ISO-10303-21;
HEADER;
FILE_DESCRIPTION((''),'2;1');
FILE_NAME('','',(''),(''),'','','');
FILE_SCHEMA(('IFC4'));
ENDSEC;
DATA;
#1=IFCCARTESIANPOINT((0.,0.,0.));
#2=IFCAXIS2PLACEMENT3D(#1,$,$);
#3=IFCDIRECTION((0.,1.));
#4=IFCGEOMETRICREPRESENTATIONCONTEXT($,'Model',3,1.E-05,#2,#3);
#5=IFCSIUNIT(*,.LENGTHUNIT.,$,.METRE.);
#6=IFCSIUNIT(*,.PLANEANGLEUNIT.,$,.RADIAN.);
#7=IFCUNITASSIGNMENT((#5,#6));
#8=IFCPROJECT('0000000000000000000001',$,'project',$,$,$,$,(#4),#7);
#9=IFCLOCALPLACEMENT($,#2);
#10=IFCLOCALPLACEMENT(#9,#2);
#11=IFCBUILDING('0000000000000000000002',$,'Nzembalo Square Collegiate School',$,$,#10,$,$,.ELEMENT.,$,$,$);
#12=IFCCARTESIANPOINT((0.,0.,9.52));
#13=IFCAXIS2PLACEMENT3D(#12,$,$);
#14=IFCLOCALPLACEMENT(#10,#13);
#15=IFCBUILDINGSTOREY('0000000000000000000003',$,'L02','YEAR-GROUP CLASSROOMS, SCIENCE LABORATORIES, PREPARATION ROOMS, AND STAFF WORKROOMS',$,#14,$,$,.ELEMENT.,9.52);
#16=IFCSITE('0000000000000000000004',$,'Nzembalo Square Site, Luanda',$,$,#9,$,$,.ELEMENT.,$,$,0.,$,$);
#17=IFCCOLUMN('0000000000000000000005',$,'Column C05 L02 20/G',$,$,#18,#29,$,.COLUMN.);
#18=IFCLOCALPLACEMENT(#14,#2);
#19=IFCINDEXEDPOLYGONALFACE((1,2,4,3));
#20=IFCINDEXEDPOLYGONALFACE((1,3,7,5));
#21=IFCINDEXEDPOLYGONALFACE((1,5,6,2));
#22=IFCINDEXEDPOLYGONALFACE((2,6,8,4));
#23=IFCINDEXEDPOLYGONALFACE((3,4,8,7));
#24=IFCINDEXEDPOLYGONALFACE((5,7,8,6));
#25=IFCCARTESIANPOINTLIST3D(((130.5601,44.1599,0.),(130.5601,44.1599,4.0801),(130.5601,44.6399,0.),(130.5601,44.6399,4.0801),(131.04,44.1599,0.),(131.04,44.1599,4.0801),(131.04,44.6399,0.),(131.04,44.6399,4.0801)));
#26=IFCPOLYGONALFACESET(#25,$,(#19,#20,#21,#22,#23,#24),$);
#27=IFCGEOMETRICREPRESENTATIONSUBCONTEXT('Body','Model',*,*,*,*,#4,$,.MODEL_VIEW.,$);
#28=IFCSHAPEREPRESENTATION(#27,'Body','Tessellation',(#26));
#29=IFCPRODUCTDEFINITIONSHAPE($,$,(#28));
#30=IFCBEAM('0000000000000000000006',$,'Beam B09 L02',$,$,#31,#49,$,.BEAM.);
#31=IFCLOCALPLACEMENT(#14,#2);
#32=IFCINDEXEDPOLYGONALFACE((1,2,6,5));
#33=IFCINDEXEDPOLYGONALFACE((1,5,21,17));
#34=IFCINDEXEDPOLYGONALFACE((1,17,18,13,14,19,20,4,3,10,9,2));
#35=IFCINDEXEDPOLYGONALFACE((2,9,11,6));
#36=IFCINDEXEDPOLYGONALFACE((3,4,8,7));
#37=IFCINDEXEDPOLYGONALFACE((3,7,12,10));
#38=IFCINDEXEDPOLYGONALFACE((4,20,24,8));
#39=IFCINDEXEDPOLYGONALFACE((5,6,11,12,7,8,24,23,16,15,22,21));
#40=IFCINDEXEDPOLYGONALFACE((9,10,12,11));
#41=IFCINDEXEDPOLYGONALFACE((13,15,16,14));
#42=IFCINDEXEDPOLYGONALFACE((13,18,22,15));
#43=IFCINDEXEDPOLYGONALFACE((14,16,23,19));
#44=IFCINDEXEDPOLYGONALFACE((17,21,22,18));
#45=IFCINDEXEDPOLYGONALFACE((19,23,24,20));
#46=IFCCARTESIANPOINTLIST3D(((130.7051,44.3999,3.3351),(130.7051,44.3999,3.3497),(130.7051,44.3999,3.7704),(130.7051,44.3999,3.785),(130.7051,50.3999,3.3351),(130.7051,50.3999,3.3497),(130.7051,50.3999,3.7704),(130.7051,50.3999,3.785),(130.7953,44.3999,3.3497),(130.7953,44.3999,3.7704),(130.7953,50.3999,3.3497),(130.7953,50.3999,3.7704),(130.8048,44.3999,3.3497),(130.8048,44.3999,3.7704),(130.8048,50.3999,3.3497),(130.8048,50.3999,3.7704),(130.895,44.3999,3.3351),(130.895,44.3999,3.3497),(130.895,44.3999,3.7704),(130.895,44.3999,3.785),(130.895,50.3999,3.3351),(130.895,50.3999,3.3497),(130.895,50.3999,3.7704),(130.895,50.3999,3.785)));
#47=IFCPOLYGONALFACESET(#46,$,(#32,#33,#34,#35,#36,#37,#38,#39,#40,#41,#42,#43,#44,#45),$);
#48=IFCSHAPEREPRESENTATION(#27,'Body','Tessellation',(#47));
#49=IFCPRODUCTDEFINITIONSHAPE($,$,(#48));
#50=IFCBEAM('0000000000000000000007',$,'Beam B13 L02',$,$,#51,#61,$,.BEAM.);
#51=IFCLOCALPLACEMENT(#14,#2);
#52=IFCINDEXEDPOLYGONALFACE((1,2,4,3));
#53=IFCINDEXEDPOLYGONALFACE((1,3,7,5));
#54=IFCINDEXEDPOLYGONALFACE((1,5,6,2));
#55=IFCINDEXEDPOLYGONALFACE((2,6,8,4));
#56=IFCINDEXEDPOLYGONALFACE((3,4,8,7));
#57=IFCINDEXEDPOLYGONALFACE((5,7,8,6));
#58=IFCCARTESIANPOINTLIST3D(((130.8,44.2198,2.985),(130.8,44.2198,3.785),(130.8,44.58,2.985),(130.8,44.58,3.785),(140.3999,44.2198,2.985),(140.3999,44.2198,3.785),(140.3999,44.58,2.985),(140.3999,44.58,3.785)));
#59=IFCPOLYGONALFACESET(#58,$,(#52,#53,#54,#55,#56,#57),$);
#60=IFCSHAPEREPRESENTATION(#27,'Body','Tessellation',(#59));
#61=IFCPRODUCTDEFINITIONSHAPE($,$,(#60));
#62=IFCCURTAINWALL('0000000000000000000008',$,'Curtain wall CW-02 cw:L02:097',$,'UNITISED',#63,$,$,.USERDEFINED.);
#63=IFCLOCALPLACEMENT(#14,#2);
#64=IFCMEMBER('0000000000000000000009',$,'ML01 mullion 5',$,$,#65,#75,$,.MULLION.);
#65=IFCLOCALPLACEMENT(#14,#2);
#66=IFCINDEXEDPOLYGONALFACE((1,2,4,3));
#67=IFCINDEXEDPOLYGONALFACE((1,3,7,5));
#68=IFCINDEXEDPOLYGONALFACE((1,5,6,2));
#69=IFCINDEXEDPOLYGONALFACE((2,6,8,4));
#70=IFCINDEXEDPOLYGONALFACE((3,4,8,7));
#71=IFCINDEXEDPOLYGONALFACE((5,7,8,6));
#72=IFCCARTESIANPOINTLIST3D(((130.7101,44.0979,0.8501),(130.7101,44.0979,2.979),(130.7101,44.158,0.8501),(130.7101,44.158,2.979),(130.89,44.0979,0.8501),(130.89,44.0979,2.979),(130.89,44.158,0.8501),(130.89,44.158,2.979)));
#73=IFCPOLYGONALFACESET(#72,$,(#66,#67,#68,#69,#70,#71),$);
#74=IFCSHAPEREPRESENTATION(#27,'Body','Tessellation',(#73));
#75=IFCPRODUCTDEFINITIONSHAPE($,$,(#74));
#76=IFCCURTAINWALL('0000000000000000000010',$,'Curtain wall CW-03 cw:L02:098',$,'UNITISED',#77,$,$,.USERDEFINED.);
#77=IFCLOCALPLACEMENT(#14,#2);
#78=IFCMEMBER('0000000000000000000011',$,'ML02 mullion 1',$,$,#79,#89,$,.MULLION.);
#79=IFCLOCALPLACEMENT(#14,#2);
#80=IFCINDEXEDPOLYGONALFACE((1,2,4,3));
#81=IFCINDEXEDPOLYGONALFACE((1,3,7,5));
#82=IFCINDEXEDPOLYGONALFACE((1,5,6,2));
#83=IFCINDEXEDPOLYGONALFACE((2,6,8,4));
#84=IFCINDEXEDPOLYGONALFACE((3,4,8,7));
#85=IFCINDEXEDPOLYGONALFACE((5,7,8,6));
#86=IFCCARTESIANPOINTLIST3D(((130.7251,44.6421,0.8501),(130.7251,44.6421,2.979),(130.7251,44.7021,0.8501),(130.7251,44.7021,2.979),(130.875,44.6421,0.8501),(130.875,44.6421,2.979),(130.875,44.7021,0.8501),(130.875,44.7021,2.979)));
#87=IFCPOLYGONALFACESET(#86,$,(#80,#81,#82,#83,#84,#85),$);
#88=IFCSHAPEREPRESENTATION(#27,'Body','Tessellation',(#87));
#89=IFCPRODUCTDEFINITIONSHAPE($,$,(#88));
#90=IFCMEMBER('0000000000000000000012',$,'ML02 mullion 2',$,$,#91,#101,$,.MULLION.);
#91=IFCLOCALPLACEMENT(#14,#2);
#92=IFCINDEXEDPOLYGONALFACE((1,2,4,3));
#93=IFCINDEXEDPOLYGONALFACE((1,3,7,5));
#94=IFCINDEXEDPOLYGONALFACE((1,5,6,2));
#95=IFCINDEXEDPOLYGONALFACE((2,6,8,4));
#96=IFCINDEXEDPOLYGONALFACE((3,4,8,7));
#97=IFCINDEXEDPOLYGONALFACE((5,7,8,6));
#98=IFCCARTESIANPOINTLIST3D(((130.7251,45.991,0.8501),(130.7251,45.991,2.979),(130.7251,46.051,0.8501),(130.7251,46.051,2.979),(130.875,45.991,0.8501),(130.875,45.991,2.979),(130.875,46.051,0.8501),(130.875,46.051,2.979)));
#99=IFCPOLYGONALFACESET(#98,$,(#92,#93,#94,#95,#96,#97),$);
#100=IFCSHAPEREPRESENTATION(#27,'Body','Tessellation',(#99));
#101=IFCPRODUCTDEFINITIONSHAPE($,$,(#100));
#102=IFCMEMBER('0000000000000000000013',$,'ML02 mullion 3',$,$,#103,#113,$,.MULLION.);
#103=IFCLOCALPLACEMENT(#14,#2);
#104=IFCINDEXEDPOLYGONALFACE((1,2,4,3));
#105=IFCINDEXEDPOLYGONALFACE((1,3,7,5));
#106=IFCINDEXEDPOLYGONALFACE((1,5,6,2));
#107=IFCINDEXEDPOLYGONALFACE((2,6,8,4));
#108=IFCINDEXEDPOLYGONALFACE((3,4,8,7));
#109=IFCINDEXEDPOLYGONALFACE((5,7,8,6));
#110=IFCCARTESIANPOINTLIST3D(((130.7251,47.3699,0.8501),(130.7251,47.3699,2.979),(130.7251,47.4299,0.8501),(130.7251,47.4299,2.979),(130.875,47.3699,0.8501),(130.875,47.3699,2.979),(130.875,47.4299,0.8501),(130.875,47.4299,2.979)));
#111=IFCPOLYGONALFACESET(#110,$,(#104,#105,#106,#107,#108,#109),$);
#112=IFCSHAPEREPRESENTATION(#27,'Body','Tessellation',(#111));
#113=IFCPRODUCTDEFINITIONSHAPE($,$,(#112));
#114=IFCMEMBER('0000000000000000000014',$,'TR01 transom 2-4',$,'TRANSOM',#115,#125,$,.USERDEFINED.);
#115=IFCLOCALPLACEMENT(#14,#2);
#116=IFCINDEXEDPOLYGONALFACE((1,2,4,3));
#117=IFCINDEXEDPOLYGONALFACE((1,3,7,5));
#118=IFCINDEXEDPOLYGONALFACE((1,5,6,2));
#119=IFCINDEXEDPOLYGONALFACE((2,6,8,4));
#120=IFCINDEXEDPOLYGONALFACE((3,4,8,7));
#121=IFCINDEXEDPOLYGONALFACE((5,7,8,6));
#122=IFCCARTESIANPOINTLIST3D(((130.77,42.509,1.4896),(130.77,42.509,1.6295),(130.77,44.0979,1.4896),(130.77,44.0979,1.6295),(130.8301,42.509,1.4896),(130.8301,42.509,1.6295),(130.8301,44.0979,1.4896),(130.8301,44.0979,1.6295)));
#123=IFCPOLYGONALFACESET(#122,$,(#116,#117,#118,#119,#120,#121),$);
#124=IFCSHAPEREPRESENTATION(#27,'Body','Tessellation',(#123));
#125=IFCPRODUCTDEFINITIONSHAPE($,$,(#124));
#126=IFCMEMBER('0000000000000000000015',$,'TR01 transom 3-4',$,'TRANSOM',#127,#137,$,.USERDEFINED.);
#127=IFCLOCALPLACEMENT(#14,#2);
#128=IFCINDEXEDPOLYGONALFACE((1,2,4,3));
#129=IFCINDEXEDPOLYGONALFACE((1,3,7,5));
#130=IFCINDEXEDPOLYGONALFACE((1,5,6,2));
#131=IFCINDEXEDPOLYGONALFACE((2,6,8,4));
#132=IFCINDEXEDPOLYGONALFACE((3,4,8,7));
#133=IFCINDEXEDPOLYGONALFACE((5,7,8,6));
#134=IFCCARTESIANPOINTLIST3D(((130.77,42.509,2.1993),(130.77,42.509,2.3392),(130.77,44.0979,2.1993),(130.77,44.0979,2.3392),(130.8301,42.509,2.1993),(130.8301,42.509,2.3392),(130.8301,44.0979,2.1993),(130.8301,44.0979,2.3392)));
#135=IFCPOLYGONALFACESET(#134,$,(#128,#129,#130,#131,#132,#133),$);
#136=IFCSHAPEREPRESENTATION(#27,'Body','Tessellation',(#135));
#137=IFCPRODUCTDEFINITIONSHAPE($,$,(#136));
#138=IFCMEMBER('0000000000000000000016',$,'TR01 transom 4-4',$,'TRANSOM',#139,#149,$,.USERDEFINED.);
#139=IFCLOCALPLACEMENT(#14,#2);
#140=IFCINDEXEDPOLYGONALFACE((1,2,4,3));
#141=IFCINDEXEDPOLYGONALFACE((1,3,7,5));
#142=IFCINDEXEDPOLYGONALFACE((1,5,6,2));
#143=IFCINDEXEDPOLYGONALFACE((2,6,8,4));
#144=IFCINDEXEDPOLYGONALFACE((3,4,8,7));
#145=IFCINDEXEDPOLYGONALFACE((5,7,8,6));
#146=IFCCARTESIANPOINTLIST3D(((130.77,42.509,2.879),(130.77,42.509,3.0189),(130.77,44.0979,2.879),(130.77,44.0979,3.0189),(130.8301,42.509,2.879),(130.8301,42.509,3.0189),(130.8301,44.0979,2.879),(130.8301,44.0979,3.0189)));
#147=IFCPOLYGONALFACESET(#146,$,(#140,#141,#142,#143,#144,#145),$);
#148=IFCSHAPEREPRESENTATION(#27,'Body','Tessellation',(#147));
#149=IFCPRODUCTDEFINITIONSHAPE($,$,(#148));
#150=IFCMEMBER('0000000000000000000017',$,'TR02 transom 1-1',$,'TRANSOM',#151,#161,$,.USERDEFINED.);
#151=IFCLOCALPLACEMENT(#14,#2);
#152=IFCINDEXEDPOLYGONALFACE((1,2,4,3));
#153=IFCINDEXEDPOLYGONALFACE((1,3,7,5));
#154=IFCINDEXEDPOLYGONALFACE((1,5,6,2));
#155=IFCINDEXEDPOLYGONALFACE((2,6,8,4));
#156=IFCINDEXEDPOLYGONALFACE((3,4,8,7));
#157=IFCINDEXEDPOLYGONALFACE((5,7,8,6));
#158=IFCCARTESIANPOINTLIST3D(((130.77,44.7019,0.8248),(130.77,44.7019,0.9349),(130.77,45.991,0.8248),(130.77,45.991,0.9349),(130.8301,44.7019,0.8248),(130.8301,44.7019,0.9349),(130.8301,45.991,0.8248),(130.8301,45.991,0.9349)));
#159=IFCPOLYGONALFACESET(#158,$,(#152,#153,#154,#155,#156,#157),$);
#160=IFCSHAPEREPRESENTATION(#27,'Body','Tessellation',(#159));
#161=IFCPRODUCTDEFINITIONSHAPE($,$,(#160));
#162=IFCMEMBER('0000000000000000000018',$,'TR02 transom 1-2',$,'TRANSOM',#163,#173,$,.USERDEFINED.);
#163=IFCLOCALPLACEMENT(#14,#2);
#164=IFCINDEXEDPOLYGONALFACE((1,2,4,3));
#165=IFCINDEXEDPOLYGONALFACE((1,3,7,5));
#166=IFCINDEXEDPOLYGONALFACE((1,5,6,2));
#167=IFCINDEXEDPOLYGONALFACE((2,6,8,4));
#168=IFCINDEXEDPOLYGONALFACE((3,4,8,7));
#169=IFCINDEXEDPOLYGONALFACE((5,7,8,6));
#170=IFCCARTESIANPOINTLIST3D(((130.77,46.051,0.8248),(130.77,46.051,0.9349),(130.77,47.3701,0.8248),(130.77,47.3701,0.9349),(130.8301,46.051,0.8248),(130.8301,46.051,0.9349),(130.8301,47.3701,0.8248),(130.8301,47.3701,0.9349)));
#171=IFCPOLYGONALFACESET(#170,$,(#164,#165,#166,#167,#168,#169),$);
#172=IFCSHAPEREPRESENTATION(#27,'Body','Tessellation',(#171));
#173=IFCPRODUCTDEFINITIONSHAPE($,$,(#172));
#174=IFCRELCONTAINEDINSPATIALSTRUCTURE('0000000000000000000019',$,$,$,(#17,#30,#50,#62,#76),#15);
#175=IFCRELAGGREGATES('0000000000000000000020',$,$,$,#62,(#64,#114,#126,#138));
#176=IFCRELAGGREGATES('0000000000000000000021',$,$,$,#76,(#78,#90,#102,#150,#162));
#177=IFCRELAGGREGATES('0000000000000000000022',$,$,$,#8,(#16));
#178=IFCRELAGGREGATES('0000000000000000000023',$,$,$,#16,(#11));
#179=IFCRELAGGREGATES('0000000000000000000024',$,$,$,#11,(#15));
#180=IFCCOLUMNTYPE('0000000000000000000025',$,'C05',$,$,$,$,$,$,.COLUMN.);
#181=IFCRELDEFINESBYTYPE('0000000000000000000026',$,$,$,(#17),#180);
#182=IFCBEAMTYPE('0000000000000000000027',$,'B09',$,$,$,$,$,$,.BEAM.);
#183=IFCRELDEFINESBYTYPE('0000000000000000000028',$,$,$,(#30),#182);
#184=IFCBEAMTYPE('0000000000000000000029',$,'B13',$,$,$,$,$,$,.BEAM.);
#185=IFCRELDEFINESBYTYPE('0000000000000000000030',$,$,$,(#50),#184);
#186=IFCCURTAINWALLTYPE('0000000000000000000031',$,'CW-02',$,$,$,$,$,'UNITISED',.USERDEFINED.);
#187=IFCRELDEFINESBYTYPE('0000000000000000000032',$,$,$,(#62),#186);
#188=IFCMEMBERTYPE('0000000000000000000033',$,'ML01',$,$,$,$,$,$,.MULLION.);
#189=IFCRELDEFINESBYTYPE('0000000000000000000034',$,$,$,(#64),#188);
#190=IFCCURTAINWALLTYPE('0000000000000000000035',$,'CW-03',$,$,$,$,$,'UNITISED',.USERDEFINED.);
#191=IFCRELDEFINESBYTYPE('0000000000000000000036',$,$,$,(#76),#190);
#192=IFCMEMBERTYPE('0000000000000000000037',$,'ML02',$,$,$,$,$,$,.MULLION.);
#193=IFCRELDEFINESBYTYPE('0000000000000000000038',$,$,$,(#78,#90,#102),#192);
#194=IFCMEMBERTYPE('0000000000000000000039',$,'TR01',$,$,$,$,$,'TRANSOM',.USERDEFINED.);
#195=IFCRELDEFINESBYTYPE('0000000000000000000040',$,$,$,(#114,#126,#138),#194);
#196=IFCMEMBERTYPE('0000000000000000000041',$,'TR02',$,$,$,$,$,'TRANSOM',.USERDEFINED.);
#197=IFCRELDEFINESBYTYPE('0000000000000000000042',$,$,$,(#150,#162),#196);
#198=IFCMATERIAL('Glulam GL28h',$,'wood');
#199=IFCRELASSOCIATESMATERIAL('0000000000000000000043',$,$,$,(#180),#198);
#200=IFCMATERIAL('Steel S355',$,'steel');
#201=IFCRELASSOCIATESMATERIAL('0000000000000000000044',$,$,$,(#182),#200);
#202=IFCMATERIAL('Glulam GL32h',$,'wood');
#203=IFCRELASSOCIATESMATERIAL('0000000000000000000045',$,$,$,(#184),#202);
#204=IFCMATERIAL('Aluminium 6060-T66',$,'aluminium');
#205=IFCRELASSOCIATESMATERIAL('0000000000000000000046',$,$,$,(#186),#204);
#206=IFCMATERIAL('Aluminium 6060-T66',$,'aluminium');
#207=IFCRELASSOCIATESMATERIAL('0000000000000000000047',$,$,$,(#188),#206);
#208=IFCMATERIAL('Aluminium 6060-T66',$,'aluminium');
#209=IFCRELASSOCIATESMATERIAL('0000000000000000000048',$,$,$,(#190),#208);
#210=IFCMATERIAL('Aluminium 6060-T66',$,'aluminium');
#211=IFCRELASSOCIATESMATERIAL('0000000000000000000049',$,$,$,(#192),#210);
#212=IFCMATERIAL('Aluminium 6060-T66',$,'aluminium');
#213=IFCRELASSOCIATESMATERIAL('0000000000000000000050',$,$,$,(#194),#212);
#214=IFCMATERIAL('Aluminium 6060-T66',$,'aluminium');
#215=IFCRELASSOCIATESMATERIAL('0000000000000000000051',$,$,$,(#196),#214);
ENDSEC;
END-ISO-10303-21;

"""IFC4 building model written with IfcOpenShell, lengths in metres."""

from ifc_helpers import new_model, si_unit, direction, frame, origin, origin_2d, place, context, subcontext, project, spatial, rectangle, i_section, extrude, material, material_profile, profile_set, type_object, element, aggregate, save


model = new_model("IFC4")

# Units and contexts
model_context = context("Model", 3, precision=1e-05, world=origin(), true_north=direction((0.0, 1.0)))
body_context = subcontext(model_context, "Body", "Model", "MODEL_VIEW")
ifc_project = project(units=[si_unit("LENGTHUNIT", "METRE"), si_unit("PLANEANGLEUNIT", "RADIAN")], contexts=[model_context])

# Site, building, storey
site_placement = place(None, origin())
site = spatial("IfcSite", under=ifc_project, at=site_placement, Name="Nzembalo Square Site, Luanda", CompositionType="ELEMENT", RefElevation=0.0)
building_placement = place(site_placement, origin())
building = spatial("IfcBuilding", under=site, at=building_placement, Name="Nzembalo Square Collegiate School", CompositionType="ELEMENT")
storey_placement = place(building_placement, frame((0.0, 0.0, 9.52)))
storey = spatial("IfcBuildingStorey", under=building, at=storey_placement, Name="L02", Description="YEAR-GROUP CLASSROOMS, SCIENCE LABORATORIES, PREPARATION ROOMS, AND STAFF WORKROOMS", CompositionType="ELEMENT", Elevation=9.52)

# Column
ifc_material_1 = material(Name="Glulam GL28h", Category="wood")
ifc_material_profile_1 = material_profile(ifc_material_1, rectangle(XDim=0.48, YDim=0.48, at=origin_2d()), Name="GL28h 480x480")
ifc_profile_set_1 = profile_set([ifc_material_profile_1], Name="Glulam GL28h")
column_type = type_object("IfcColumnType", Name="C05", PredefinedType="COLUMN", material=ifc_profile_set_1)
column_placement = place(storey_placement, frame((130.8, 44.3999, 0.0), z_axis=(0.0, 0.0, 1.0), x_axis=(1.0, 0.0, 0.0)))
element("IfcColumn", 1, at=column_placement, inside=storey, type_object=column_type, Name="Column C05 L02 20/G", PredefinedType="COLUMN", context=body_context, shape_type="SweptSolid", body=[
    extrude(rectangle(XDim=0.48, YDim=0.48, at=origin_2d()), origin(), (0.0, 0.0, 1.0), 4.0801),
])

# Beams
ifc_material_2 = material(Name="Steel S355", Category="steel")
ifc_material_profile_2 = material_profile(ifc_material_2, i_section(OverallWidth=0.1899, OverallDepth=0.45, WebThickness=0.0095, FlangeThickness=0.0146, at=origin_2d()), Name="IPE 450")
ifc_profile_set_2 = profile_set([ifc_material_profile_2], Name="Steel S355")
beam_type_1 = type_object("IfcBeamType", Name="B09", PredefinedType="BEAM", material=ifc_profile_set_2)
beam_1_placement = place(storey_placement, frame((130.8, 44.3999, 3.5601), z_axis=(0.0, 1.0, 0.0), x_axis=(-1.0, 0.0, 0.0)))
element("IfcBeam", 2, at=beam_1_placement, inside=storey, type_object=beam_type_1, Name="Beam B09 L02", PredefinedType="BEAM", context=body_context, shape_type="SweptSolid", body=[
    extrude(i_section(OverallWidth=0.1899, OverallDepth=0.45, WebThickness=0.0095, FlangeThickness=0.0146, at=origin_2d()), origin(), (0.0, 0.0, 1.0), 6.0),
])
ifc_material_3 = material(Name="Glulam GL32h", Category="wood")
ifc_material_profile_3 = material_profile(ifc_material_3, rectangle(XDim=0.3601, YDim=0.8, at=origin_2d()), Name="GL32h 360x800")
ifc_profile_set_3 = profile_set([ifc_material_profile_3], Name="Glulam GL32h")
beam_type_2 = type_object("IfcBeamType", Name="B13", PredefinedType="BEAM", material=ifc_profile_set_3)
beam_2_placement = place(storey_placement, frame((130.8, 44.3999, 3.385), z_axis=(1.0, 0.0, 0.0), x_axis=(0.0, 1.0, 0.0)))
element("IfcBeam", 3, at=beam_2_placement, inside=storey, type_object=beam_type_2, Name="Beam B13 L02", PredefinedType="BEAM", context=body_context, shape_type="SweptSolid", body=[
    extrude(rectangle(XDim=0.3601, YDim=0.8, at=origin_2d()), origin(), (0.0, 0.0, 1.0), 9.5999),
])

# Curtain wall, member
ifc_material_4 = material(Name="Aluminium 6060-T66", Category="aluminium")
curtain_wall_type_1 = type_object("IfcCurtainWallType", Name="CW-02", ElementType="UNITISED", PredefinedType="USERDEFINED", material=ifc_material_4)
curtain_wall_1_placement = place(storey_placement, origin())
curtain_wall_1 = element("IfcCurtainWall", 4, at=curtain_wall_1_placement, inside=storey, type_object=curtain_wall_type_1, Name="Curtain wall CW-02 cw:L02:097", ObjectType="UNITISED", PredefinedType="USERDEFINED")
ifc_material_5 = material(Name="Aluminium 6060-T66", Category="aluminium")
ifc_material_profile_4 = material_profile(ifc_material_5, rectangle(XDim=0.0601, YDim=0.1799, at=origin_2d()), Name="ALU M60x180")
ifc_profile_set_4 = profile_set([ifc_material_profile_4], Name="Aluminium 6060-T66")
member_type_1 = type_object("IfcMemberType", Name="ML01", PredefinedType="MULLION", material=ifc_profile_set_4)
member_1_placement = place(storey_placement, frame((130.8, 44.1279, 0.8501), z_axis=(0.0, 0.0, 1.0), x_axis=(0.0, 1.0, 0.0)))
member_1 = element("IfcMember", 5, at=member_1_placement, type_object=member_type_1, Name="ML01 mullion 5", PredefinedType="MULLION", context=body_context, shape_type="SweptSolid", body=[
    extrude(rectangle(XDim=0.0601, YDim=0.1799, at=origin_2d()), origin(), (0.0, 0.0, 1.0), 2.1289),
])

# Curtain wall, members
ifc_material_6 = material(Name="Aluminium 6060-T66", Category="aluminium")
curtain_wall_type_2 = type_object("IfcCurtainWallType", Name="CW-03", ElementType="UNITISED", PredefinedType="USERDEFINED", material=ifc_material_6)
curtain_wall_2_placement = place(storey_placement, origin())
curtain_wall_2 = element("IfcCurtainWall", 6, at=curtain_wall_2_placement, inside=storey, type_object=curtain_wall_type_2, Name="Curtain wall CW-03 cw:L02:098", ObjectType="UNITISED", PredefinedType="USERDEFINED")
ifc_material_7 = material(Name="Aluminium 6060-T66", Category="aluminium")
ifc_material_profile_5 = material_profile(ifc_material_7, rectangle(XDim=0.0601, YDim=0.1499, at=origin_2d()), Name="ALU M60x150")
ifc_profile_set_5 = profile_set([ifc_material_profile_5], Name="Aluminium 6060-T66")
member_type_2 = type_object("IfcMemberType", Name="ML02", PredefinedType="MULLION", material=ifc_profile_set_5)
member_2_placement = place(storey_placement, frame((130.8, 44.6721, 0.8501), z_axis=(0.0, 0.0, 1.0), x_axis=(0.0, 1.0, 0.0)))
member_2 = element("IfcMember", 7, at=member_2_placement, type_object=member_type_2, Name="ML02 mullion 1", PredefinedType="MULLION", context=body_context, shape_type="SweptSolid", body=[
    extrude(rectangle(XDim=0.0601, YDim=0.1499, at=origin_2d()), origin(), (0.0, 0.0, 1.0), 2.1289),
])
member_3_placement = place(storey_placement, frame((130.8, 46.021, 0.8501), z_axis=(0.0, 0.0, 1.0), x_axis=(0.0, 1.0, 0.0)))
member_3 = element("IfcMember", 8, at=member_3_placement, type_object=member_type_2, Name="ML02 mullion 2", PredefinedType="MULLION", context=body_context, shape_type="SweptSolid", body=[
    extrude(rectangle(XDim=0.0601, YDim=0.1499, at=origin_2d()), origin(), (0.0, 0.0, 1.0), 2.1289),
])
member_4_placement = place(storey_placement, frame((130.8, 47.3999, 0.8501), z_axis=(0.0, 0.0, 1.0), x_axis=(0.0, 1.0, 0.0)))
member_4 = element("IfcMember", 9, at=member_4_placement, type_object=member_type_2, Name="ML02 mullion 3", PredefinedType="MULLION", context=body_context, shape_type="SweptSolid", body=[
    extrude(rectangle(XDim=0.0601, YDim=0.1499, at=origin_2d()), origin(), (0.0, 0.0, 1.0), 2.1289),
])

# Members
ifc_material_8 = material(Name="Aluminium 6060-T66", Category="aluminium")
ifc_material_profile_6 = material_profile(ifc_material_8, rectangle(XDim=0.0601, YDim=0.1399, at=origin_2d()), Name="ALU T60x140")
ifc_profile_set_6 = profile_set([ifc_material_profile_6], Name="Aluminium 6060-T66")
member_type_3 = type_object("IfcMemberType", Name="TR01", ElementType="TRANSOM", PredefinedType="USERDEFINED", material=ifc_profile_set_6)
member_5_placement = place(storey_placement, frame((130.8, 42.509, 1.5596), z_axis=(0.0, 1.0, 0.0), x_axis=(-1.0, 0.0, 0.0)))
member_5 = element("IfcMember", 10, at=member_5_placement, type_object=member_type_3, Name="TR01 transom 2-4", ObjectType="TRANSOM", PredefinedType="USERDEFINED", context=body_context, shape_type="SweptSolid", body=[
    extrude(rectangle(XDim=0.0601, YDim=0.1399, at=origin_2d()), origin(), (0.0, 0.0, 1.0), 1.5889),
])
member_6_placement = place(storey_placement, frame((130.8, 42.509, 2.2693), z_axis=(0.0, 1.0, 0.0), x_axis=(-1.0, 0.0, 0.0)))
member_6 = element("IfcMember", 11, at=member_6_placement, type_object=member_type_3, Name="TR01 transom 3-4", ObjectType="TRANSOM", PredefinedType="USERDEFINED", context=body_context, shape_type="SweptSolid", body=[
    extrude(rectangle(XDim=0.0601, YDim=0.1399, at=origin_2d()), origin(), (0.0, 0.0, 1.0), 1.5889),
])
member_7_placement = place(storey_placement, frame((130.8, 42.509, 2.949), z_axis=(0.0, 1.0, 0.0), x_axis=(-1.0, 0.0, 0.0)))
member_7 = element("IfcMember", 12, at=member_7_placement, type_object=member_type_3, Name="TR01 transom 4-4", ObjectType="TRANSOM", PredefinedType="USERDEFINED", context=body_context, shape_type="SweptSolid", body=[
    extrude(rectangle(XDim=0.0601, YDim=0.1399, at=origin_2d()), origin(), (0.0, 0.0, 1.0), 1.5889),
])
ifc_material_9 = material(Name="Aluminium 6060-T66", Category="aluminium")
ifc_material_profile_7 = material_profile(ifc_material_9, rectangle(XDim=0.0601, YDim=0.1101, at=origin_2d()), Name="ALU T60x110")
ifc_profile_set_7 = profile_set([ifc_material_profile_7], Name="Aluminium 6060-T66")
member_type_4 = type_object("IfcMemberType", Name="TR02", ElementType="TRANSOM", PredefinedType="USERDEFINED", material=ifc_profile_set_7)
member_8_placement = place(storey_placement, frame((130.8, 44.7019, 0.8799), z_axis=(0.0, 1.0, 0.0), x_axis=(-1.0, 0.0, 0.0)))
member_8 = element("IfcMember", 13, at=member_8_placement, type_object=member_type_4, Name="TR02 transom 1-1", ObjectType="TRANSOM", PredefinedType="USERDEFINED", context=body_context, shape_type="SweptSolid", body=[
    extrude(rectangle(XDim=0.0601, YDim=0.1101, at=origin_2d()), origin(), (0.0, 0.0, 1.0), 1.2891),
])
member_9_placement = place(storey_placement, frame((130.8, 46.051, 0.8799), z_axis=(0.0, 1.0, 0.0), x_axis=(-1.0, 0.0, 0.0)))
member_9 = element("IfcMember", 14, at=member_9_placement, type_object=member_type_4, Name="TR02 transom 1-2", ObjectType="TRANSOM", PredefinedType="USERDEFINED", context=body_context, shape_type="SweptSolid", body=[
    extrude(rectangle(XDim=0.0601, YDim=0.1101, at=origin_2d()), origin(), (0.0, 0.0, 1.0), 1.3191),
])

aggregate(curtain_wall_1, [member_1, member_5, member_6, member_7])
aggregate(curtain_wall_2, [member_2, member_3, member_4, member_8, member_9])

save(model, "model.ifc")
